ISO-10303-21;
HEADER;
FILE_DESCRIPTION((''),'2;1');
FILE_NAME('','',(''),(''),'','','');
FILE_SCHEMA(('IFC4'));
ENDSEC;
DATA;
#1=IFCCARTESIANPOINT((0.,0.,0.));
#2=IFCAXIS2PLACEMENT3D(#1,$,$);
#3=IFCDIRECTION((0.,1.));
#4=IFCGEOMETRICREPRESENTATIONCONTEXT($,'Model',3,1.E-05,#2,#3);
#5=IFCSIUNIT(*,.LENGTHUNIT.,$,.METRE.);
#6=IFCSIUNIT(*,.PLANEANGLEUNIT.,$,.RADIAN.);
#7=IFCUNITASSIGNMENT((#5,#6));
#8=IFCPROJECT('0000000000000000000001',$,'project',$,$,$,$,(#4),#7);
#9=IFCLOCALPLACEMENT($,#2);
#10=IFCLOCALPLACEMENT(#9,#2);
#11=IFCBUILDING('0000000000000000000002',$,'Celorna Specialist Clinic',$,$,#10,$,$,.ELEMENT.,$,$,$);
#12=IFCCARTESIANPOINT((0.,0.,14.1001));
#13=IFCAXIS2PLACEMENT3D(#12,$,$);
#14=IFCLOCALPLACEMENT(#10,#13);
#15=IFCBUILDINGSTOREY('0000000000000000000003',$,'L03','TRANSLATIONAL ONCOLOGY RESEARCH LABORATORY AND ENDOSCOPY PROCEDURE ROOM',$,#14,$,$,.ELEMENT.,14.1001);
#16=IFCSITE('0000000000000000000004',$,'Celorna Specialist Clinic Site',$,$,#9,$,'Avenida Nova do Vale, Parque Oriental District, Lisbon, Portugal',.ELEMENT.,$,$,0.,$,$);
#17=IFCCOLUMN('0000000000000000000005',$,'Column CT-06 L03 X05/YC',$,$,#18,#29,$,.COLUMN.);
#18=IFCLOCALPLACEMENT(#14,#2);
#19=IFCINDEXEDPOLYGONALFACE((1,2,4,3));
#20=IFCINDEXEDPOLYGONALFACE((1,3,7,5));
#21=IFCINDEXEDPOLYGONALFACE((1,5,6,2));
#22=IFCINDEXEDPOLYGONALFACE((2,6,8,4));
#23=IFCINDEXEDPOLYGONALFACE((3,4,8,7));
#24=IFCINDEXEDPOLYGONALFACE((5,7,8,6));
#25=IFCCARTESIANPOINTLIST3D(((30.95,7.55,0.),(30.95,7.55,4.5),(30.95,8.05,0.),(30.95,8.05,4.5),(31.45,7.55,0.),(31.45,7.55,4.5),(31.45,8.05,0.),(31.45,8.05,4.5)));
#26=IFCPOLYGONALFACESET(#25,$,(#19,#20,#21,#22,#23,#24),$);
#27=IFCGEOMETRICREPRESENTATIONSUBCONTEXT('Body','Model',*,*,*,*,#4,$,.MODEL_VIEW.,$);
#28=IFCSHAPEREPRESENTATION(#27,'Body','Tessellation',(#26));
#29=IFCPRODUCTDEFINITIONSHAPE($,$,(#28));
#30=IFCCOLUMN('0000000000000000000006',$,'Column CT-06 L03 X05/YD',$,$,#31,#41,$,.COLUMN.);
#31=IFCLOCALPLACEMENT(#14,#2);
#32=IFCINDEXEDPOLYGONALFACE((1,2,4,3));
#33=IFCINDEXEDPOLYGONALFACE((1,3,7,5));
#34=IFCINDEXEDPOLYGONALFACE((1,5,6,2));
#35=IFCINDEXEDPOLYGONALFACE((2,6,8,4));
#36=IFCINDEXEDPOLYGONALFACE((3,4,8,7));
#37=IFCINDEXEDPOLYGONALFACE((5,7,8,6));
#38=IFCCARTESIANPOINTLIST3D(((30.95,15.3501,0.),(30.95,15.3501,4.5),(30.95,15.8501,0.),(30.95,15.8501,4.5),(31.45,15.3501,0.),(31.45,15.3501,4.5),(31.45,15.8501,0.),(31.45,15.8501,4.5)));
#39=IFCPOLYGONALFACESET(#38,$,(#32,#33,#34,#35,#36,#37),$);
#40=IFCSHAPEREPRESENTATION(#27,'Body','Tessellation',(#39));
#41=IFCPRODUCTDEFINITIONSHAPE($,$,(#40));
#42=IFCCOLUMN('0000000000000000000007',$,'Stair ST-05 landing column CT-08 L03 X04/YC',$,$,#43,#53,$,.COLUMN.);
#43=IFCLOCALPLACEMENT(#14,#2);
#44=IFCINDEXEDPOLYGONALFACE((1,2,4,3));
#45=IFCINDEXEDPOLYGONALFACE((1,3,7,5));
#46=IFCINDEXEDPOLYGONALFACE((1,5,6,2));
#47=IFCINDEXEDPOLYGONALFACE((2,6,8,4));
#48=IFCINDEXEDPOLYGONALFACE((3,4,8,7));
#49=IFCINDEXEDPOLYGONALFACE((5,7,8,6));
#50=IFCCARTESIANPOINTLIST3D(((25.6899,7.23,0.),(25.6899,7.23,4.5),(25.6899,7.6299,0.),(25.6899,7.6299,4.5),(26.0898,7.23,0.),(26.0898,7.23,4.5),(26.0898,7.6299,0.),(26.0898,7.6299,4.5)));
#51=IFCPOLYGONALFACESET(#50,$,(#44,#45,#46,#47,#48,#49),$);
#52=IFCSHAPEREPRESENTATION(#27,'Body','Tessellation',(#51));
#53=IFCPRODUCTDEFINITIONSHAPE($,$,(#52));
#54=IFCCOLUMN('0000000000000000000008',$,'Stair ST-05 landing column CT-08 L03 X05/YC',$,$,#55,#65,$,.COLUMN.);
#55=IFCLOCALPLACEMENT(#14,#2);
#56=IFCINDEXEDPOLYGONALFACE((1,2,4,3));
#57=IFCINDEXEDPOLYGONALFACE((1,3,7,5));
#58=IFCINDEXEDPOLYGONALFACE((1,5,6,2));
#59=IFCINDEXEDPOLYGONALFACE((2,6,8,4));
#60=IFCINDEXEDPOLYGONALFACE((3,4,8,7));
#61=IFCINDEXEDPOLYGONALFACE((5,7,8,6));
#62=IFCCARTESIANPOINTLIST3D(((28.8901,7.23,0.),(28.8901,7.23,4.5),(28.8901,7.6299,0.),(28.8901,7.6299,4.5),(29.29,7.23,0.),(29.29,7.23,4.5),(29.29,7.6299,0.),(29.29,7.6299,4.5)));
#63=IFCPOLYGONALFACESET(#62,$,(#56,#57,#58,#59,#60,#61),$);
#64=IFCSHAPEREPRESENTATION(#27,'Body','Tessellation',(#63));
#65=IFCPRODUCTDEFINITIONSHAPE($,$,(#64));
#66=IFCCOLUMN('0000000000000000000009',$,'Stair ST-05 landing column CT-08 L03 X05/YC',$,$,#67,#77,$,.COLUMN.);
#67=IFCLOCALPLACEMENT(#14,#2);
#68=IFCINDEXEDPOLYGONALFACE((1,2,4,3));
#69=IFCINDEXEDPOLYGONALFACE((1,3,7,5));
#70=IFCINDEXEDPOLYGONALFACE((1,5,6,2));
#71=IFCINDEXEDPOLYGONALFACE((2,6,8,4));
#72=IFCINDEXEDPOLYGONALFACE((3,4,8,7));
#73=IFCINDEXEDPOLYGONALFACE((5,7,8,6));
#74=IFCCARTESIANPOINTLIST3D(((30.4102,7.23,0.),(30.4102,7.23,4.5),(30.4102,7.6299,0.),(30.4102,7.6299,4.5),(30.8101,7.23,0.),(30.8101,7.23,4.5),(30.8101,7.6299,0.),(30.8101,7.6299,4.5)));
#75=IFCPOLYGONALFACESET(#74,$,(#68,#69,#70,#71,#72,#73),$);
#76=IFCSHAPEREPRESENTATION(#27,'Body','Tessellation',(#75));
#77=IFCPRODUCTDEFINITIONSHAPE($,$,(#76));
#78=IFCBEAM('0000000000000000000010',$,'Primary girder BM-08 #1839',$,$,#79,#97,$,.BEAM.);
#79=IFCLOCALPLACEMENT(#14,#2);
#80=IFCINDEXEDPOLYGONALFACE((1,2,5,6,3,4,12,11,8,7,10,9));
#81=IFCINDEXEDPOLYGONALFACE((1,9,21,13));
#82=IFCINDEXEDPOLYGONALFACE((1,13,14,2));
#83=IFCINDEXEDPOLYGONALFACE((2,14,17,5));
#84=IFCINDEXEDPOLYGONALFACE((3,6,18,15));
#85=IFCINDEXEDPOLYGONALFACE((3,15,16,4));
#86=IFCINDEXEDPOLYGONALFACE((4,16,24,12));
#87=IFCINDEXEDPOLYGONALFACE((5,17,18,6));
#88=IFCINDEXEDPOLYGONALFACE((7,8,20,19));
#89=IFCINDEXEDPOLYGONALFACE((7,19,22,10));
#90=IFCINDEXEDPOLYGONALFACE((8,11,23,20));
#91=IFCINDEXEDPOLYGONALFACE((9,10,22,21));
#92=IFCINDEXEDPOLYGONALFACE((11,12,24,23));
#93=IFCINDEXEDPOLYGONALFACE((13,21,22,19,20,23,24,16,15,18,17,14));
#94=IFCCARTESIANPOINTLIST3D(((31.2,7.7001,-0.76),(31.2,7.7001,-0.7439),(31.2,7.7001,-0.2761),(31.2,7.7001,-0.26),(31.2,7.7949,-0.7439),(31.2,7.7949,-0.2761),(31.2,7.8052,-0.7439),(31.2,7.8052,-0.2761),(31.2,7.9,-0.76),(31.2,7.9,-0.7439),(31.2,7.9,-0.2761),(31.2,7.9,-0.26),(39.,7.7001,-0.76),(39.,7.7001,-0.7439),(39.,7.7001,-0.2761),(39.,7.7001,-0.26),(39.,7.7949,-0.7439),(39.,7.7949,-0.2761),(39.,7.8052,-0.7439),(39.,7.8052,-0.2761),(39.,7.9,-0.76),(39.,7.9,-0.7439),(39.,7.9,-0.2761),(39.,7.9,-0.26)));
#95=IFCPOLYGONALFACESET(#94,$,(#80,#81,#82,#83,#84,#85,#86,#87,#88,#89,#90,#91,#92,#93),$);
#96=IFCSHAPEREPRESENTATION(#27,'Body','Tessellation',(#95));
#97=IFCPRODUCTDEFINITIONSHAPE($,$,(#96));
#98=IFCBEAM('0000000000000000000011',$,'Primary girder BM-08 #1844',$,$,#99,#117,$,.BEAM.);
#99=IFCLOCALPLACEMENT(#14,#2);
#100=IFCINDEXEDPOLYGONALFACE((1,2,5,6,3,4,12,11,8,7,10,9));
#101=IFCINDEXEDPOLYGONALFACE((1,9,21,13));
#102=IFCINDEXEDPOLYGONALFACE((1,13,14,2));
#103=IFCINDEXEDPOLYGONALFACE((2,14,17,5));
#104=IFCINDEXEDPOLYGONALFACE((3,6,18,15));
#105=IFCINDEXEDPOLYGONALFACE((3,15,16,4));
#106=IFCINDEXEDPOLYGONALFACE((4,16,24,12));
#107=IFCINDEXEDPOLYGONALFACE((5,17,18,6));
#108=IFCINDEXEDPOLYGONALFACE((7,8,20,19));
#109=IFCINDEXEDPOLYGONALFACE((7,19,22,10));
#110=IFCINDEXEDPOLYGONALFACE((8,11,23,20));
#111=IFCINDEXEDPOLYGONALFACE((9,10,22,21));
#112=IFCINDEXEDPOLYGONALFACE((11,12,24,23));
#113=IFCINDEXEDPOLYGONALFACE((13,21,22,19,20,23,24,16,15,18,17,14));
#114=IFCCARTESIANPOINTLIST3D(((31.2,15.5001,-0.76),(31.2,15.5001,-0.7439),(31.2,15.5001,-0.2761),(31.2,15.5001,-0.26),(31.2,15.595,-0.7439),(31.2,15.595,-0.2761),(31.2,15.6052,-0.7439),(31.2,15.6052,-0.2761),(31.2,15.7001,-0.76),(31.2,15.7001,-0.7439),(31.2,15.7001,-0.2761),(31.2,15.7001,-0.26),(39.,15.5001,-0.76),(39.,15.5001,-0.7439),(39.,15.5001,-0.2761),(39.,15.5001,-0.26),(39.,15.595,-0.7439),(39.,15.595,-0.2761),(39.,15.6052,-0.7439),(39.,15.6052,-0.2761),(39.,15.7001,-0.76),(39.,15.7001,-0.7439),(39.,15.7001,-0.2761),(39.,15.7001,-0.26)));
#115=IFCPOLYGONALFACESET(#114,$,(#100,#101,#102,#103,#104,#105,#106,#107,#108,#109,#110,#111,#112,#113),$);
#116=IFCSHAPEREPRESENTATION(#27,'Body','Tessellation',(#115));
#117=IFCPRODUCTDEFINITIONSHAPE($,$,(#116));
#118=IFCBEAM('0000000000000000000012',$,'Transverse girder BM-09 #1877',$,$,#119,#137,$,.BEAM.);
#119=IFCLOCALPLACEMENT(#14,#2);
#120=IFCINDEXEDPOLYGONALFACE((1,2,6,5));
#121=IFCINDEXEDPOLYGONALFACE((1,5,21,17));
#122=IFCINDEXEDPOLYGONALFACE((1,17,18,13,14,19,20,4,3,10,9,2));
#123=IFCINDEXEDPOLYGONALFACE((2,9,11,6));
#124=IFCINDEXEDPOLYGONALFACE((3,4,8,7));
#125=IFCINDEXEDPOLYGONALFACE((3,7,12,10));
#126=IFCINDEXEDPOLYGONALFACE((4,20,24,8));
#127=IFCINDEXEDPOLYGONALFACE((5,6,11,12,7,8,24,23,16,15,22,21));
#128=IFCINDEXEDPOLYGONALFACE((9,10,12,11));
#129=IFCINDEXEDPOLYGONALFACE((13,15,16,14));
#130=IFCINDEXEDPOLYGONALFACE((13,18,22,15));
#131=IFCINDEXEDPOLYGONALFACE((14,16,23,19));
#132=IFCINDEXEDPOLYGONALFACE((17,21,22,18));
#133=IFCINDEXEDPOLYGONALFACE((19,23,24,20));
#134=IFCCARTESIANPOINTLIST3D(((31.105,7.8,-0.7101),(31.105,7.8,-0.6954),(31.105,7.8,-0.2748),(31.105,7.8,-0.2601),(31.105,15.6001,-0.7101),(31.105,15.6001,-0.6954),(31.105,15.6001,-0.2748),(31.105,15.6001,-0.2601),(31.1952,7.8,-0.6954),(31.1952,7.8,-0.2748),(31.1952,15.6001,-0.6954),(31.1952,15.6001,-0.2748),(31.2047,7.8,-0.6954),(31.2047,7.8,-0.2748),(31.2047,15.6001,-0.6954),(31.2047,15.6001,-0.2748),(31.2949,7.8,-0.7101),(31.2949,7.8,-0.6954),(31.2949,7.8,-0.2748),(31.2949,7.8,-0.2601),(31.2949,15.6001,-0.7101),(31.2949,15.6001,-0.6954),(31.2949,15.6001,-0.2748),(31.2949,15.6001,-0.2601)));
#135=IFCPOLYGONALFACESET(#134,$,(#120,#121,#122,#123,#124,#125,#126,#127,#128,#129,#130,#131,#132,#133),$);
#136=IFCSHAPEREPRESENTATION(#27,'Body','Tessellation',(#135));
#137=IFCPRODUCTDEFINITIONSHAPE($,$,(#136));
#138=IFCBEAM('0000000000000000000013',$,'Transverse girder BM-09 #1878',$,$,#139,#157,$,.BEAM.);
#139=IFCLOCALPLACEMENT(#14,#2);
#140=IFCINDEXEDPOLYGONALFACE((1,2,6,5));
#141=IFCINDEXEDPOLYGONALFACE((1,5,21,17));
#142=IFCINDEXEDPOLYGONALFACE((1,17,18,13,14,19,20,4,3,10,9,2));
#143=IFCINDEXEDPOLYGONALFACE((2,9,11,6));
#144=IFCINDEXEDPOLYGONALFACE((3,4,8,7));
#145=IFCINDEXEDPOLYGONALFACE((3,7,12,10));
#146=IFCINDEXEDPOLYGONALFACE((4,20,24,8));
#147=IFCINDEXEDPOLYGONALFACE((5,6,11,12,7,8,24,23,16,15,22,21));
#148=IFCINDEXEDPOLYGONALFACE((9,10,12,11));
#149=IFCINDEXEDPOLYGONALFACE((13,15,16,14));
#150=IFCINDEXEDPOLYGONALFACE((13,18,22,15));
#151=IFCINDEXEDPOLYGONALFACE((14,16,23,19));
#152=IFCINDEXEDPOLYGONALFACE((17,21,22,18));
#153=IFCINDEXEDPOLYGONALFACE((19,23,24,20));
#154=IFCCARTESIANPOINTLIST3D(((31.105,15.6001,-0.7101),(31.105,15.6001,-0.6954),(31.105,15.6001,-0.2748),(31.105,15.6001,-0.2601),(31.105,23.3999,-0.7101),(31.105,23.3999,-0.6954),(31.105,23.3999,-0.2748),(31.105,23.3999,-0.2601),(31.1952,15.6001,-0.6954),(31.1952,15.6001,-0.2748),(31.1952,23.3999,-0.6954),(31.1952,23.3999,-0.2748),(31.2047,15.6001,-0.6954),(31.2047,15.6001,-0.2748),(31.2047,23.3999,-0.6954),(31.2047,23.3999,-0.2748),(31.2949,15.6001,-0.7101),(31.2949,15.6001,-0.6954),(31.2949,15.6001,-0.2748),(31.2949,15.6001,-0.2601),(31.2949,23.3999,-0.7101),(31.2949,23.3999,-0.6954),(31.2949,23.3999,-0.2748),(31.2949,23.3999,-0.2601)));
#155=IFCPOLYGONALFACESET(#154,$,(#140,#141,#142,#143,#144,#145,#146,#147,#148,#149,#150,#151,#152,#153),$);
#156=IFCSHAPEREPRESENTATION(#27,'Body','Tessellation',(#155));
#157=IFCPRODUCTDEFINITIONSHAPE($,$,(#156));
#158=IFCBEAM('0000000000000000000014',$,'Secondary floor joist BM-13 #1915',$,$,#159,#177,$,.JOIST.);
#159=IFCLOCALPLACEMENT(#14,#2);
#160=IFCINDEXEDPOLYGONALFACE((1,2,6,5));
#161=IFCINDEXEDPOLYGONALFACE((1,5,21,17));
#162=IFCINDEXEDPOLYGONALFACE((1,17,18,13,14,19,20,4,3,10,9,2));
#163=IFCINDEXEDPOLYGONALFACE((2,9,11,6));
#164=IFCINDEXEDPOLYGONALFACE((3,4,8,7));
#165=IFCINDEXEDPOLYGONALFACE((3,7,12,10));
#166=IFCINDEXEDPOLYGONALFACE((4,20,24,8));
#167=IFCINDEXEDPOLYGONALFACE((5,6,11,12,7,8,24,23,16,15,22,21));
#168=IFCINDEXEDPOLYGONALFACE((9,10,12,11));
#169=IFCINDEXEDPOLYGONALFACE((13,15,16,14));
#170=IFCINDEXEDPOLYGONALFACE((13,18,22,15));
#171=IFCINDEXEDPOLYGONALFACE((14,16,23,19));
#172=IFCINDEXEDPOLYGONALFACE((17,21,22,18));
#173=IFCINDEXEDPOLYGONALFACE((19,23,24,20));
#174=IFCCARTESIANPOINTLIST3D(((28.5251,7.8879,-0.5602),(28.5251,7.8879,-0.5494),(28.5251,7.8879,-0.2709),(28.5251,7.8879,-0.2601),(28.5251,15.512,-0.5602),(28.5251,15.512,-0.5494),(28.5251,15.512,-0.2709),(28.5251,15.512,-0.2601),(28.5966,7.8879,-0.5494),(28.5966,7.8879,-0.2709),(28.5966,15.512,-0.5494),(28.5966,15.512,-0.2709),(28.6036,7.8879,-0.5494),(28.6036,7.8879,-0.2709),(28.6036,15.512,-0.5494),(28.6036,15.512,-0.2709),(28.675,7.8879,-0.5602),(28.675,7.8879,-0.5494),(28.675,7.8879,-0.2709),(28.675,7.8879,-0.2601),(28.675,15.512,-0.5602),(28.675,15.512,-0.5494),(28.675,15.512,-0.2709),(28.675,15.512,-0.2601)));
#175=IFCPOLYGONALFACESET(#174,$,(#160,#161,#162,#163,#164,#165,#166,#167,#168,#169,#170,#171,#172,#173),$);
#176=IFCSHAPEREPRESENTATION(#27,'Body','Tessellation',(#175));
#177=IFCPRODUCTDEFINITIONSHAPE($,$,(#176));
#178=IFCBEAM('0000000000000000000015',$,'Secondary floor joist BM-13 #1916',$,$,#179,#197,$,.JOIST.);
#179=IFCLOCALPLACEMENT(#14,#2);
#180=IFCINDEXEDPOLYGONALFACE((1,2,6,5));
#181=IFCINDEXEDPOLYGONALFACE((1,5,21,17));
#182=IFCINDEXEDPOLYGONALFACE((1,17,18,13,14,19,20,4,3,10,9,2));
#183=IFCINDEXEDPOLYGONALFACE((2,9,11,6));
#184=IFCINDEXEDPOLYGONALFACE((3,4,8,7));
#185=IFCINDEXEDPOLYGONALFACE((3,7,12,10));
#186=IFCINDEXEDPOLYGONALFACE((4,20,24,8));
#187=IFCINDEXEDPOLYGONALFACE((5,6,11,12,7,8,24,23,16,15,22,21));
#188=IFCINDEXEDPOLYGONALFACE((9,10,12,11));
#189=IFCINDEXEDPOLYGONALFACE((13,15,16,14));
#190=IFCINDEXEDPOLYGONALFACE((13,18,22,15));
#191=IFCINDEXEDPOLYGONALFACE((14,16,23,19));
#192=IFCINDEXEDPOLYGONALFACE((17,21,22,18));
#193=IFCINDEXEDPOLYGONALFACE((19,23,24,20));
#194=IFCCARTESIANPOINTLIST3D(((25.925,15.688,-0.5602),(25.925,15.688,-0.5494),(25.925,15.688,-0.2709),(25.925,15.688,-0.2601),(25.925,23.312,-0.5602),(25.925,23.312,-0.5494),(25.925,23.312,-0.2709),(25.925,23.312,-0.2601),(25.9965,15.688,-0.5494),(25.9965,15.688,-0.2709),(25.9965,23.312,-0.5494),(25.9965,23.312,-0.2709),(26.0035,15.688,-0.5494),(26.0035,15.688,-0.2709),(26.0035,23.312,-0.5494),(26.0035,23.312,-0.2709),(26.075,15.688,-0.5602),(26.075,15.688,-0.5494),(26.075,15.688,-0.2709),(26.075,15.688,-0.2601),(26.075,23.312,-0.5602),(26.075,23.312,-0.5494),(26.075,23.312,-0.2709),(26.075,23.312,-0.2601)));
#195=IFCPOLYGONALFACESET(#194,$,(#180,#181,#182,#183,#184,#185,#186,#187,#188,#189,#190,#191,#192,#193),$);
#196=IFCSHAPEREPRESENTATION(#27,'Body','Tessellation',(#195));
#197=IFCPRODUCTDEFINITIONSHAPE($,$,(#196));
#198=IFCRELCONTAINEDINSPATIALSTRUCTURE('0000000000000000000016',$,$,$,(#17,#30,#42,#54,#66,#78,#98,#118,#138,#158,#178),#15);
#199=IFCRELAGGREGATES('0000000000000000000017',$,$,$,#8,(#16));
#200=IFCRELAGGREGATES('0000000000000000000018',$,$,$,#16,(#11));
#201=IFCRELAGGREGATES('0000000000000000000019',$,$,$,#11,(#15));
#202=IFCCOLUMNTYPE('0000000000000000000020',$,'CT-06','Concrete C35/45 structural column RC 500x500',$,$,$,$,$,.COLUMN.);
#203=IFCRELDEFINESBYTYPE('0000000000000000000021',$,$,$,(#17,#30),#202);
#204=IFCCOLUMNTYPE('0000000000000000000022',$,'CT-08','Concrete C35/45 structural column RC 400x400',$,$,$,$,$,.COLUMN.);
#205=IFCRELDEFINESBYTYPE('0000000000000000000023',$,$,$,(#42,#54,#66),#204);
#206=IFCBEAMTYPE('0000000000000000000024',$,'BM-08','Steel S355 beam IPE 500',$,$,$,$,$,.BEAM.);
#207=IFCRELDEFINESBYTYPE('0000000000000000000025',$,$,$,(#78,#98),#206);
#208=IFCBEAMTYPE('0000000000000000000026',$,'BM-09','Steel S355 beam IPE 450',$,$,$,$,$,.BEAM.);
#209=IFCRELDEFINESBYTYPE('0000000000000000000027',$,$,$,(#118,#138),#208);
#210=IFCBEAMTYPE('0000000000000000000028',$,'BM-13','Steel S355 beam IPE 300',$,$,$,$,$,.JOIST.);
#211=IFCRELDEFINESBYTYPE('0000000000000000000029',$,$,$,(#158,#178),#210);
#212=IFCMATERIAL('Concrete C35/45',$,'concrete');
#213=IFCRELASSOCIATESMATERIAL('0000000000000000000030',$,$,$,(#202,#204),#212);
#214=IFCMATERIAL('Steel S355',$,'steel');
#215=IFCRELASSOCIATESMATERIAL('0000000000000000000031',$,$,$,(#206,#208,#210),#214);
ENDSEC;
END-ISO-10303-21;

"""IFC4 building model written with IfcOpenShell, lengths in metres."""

from ifc_helpers import new_model, si_unit, direction, frame, origin, origin_2d, place, context, subcontext, project, spatial, rectangle, i_section, extrude, material, material_profile, profile_set, type_object, element, save


model = new_model("IFC4")

# Units and contexts
model_context = context("Model", 3, precision=1e-05, world=origin(), true_north=direction((0.0, 1.0)))
body_context = subcontext(model_context, "Body", "Model", "MODEL_VIEW")
ifc_project = project(units=[si_unit("LENGTHUNIT", "METRE"), si_unit("PLANEANGLEUNIT", "RADIAN")], contexts=[model_context])

# Site, building, storey
site_placement = place(None, origin())
site = spatial("IfcSite", under=ifc_project, at=site_placement, Name="Celorna Specialist Clinic Site", LongName="Avenida Nova do Vale, Parque Oriental District, Lisbon, Portugal", CompositionType="ELEMENT", RefElevation=0.0)
building_placement = place(site_placement, origin())
building = spatial("IfcBuilding", under=site, at=building_placement, Name="Celorna Specialist Clinic", CompositionType="ELEMENT")
storey_placement = place(building_placement, frame((0.0, 0.0, 14.1001)))
storey = spatial("IfcBuildingStorey", under=building, at=storey_placement, Name="L03", Description="TRANSLATIONAL ONCOLOGY RESEARCH LABORATORY AND ENDOSCOPY PROCEDURE ROOM", CompositionType="ELEMENT", Elevation=14.1001)

# Columns
ifc_material_1 = material(Name="Concrete C35/45", Category="concrete")
ifc_material_profile_1 = material_profile(ifc_material_1, rectangle(XDim=0.5, YDim=0.5, at=origin_2d()), Name="RC 500x500")
ifc_profile_set_1 = profile_set([ifc_material_profile_1], Name="Concrete C35/45")
column_type_1 = type_object("IfcColumnType", Name="CT-06", Description="Concrete C35/45 structural column RC 500x500", PredefinedType="COLUMN", material=ifc_profile_set_1)
for number, where, z_axis, x_axis, name in (
    (1, (31.2, 7.8, 0.0), (0.0, 0.0, 1.0), (1.0, 0.0, 0.0), "Column CT-06 L03 X05/YC"),
    (2, (31.2, 15.6001, 0.0), (0.0, 0.0, 1.0), (1.0, 0.0, 0.0), "Column CT-06 L03 X05/YD"),
):
    element("IfcColumn", number, at=place(storey_placement, frame(where, z_axis=z_axis, x_axis=x_axis)), inside=storey, type_object=column_type_1, Name=name, PredefinedType="COLUMN", context=body_context, shape_type="SweptSolid", body=[
        extrude(rectangle(XDim=0.5, YDim=0.5, at=origin_2d()), origin(), (0.0, 0.0, 1.0), 4.5),
    ])
ifc_material_profile_2 = material_profile(ifc_material_1, rectangle(XDim=0.3999, YDim=0.3999, at=origin_2d()), Name="RC 400x400")
ifc_profile_set_2 = profile_set([ifc_material_profile_2], Name="Concrete C35/45")
column_type_2 = type_object("IfcColumnType", Name="CT-08", Description="Concrete C35/45 structural column RC 400x400", PredefinedType="COLUMN", material=ifc_profile_set_2)
for number, where, z_axis, x_axis, name in (
    (3, (25.8899, 7.4299, 0.0), (0.0, 0.0, 1.0), (1.0, 0.0, 0.0), "Stair ST-05 landing column CT-08 L03 X04/YC"),
    (4, (29.0901, 7.4299, 0.0), (0.0, 0.0, 1.0), (1.0, 0.0, 0.0), "Stair ST-05 landing column CT-08 L03 X05/YC"),
    (5, (30.6101, 7.4299, 0.0), (0.0, 0.0, 1.0), (1.0, 0.0, 0.0), "Stair ST-05 landing column CT-08 L03 X05/YC"),
):
    element("IfcColumn", number, at=place(storey_placement, frame(where, z_axis=z_axis, x_axis=x_axis)), inside=storey, type_object=column_type_2, Name=name, PredefinedType="COLUMN", context=body_context, shape_type="SweptSolid", body=[
        extrude(rectangle(XDim=0.3999, YDim=0.3999, at=origin_2d()), origin(), (0.0, 0.0, 1.0), 4.5),
    ])

# Beams
ifc_material_2 = material(Name="Steel S355", Category="steel")
ifc_material_profile_3 = material_profile(ifc_material_2, i_section(OverallWidth=0.2, OverallDepth=0.5, WebThickness=0.0103, FlangeThickness=0.0161, at=origin_2d()), Name="IPE 500")
ifc_profile_set_3 = profile_set([ifc_material_profile_3], Name="Steel S355")
beam_type_1 = type_object("IfcBeamType", Name="BM-08", Description="Steel S355 beam IPE 500", PredefinedType="BEAM", material=ifc_profile_set_3)
for number, where, z_axis, x_axis, name in (
    (6, (31.2, 7.8, -0.51), (1.0, 0.0, 0.0), (0.0, 1.0, 0.0), "Primary girder BM-08 #1839"),
    (7, (31.2, 15.6001, -0.51), (1.0, 0.0, 0.0), (0.0, 1.0, 0.0), "Primary girder BM-08 #1844"),
):
    element("IfcBeam", number, at=place(storey_placement, frame(where, z_axis=z_axis, x_axis=x_axis)), inside=storey, type_object=beam_type_1, Name=name, PredefinedType="BEAM", context=body_context, shape_type="SweptSolid", body=[
        extrude(i_section(OverallWidth=0.2, OverallDepth=0.5, WebThickness=0.0103, FlangeThickness=0.0161, at=origin_2d()), origin(), (0.0, 0.0, 1.0), 7.8),
    ])
ifc_material_profile_4 = material_profile(ifc_material_2, i_section(OverallWidth=0.1899, OverallDepth=0.45, WebThickness=0.0095, FlangeThickness=0.0146, at=origin_2d()), Name="IPE 450")
ifc_profile_set_4 = profile_set([ifc_material_profile_4], Name="Steel S355")
beam_type_2 = type_object("IfcBeamType", Name="BM-09", Description="Steel S355 beam IPE 450", PredefinedType="BEAM", material=ifc_profile_set_4)
beam_1_placement = place(storey_placement, frame((31.2, 7.8, -0.4851), z_axis=(0.0, 1.0, 0.0), x_axis=(-1.0, 0.0, 0.0)))
element("IfcBeam", 8, at=beam_1_placement, inside=storey, type_object=beam_type_2, Name="Transverse girder BM-09 #1877", PredefinedType="BEAM", context=body_context, shape_type="SweptSolid", body=[
    extrude(i_section(OverallWidth=0.1899, OverallDepth=0.45, WebThickness=0.0095, FlangeThickness=0.0146, at=origin_2d()), origin(), (0.0, 0.0, 1.0), 7.8),
])
beam_2_placement = place(storey_placement, frame((31.2, 15.6001, -0.4851), z_axis=(0.0, 1.0, 0.0), x_axis=(-1.0, 0.0, 0.0)))
element("IfcBeam", 9, at=beam_2_placement, inside=storey, type_object=beam_type_2, Name="Transverse girder BM-09 #1878", PredefinedType="BEAM", context=body_context, shape_type="SweptSolid", body=[
    extrude(i_section(OverallWidth=0.1899, OverallDepth=0.45, WebThickness=0.0095, FlangeThickness=0.0146, at=origin_2d()), origin(), (0.0, 0.0, 1.0), 7.7998),
])
ifc_material_profile_5 = material_profile(ifc_material_2, i_section(OverallWidth=0.1499, OverallDepth=0.3, WebThickness=0.0071, FlangeThickness=0.0107, at=origin_2d()), Name="IPE 300")
ifc_profile_set_5 = profile_set([ifc_material_profile_5], Name="Steel S355")
beam_type_3 = type_object("IfcBeamType", Name="BM-13", Description="Steel S355 beam IPE 300", PredefinedType="JOIST", material=ifc_profile_set_5)
for number, where, z_axis, x_axis, name in (
    (10, (28.6001, 7.8879, -0.4102), (0.0, 1.0, 0.0), (-1.0, 0.0, 0.0), "Secondary floor joist BM-13 #1915"),
    (11, (26.0, 15.688, -0.4102), (0.0, 1.0, 0.0), (-1.0, 0.0, 0.0), "Secondary floor joist BM-13 #1916"),
):
    element("IfcBeam", number, at=place(storey_placement, frame(where, z_axis=z_axis, x_axis=x_axis)), inside=storey, type_object=beam_type_3, Name=name, PredefinedType="JOIST", context=body_context, shape_type="SweptSolid", body=[
        extrude(i_section(OverallWidth=0.1499, OverallDepth=0.3, WebThickness=0.0071, FlangeThickness=0.0107, at=origin_2d()), origin(), (0.0, 0.0, 1.0), 7.624),
    ])

save(model, "model.ifc")
